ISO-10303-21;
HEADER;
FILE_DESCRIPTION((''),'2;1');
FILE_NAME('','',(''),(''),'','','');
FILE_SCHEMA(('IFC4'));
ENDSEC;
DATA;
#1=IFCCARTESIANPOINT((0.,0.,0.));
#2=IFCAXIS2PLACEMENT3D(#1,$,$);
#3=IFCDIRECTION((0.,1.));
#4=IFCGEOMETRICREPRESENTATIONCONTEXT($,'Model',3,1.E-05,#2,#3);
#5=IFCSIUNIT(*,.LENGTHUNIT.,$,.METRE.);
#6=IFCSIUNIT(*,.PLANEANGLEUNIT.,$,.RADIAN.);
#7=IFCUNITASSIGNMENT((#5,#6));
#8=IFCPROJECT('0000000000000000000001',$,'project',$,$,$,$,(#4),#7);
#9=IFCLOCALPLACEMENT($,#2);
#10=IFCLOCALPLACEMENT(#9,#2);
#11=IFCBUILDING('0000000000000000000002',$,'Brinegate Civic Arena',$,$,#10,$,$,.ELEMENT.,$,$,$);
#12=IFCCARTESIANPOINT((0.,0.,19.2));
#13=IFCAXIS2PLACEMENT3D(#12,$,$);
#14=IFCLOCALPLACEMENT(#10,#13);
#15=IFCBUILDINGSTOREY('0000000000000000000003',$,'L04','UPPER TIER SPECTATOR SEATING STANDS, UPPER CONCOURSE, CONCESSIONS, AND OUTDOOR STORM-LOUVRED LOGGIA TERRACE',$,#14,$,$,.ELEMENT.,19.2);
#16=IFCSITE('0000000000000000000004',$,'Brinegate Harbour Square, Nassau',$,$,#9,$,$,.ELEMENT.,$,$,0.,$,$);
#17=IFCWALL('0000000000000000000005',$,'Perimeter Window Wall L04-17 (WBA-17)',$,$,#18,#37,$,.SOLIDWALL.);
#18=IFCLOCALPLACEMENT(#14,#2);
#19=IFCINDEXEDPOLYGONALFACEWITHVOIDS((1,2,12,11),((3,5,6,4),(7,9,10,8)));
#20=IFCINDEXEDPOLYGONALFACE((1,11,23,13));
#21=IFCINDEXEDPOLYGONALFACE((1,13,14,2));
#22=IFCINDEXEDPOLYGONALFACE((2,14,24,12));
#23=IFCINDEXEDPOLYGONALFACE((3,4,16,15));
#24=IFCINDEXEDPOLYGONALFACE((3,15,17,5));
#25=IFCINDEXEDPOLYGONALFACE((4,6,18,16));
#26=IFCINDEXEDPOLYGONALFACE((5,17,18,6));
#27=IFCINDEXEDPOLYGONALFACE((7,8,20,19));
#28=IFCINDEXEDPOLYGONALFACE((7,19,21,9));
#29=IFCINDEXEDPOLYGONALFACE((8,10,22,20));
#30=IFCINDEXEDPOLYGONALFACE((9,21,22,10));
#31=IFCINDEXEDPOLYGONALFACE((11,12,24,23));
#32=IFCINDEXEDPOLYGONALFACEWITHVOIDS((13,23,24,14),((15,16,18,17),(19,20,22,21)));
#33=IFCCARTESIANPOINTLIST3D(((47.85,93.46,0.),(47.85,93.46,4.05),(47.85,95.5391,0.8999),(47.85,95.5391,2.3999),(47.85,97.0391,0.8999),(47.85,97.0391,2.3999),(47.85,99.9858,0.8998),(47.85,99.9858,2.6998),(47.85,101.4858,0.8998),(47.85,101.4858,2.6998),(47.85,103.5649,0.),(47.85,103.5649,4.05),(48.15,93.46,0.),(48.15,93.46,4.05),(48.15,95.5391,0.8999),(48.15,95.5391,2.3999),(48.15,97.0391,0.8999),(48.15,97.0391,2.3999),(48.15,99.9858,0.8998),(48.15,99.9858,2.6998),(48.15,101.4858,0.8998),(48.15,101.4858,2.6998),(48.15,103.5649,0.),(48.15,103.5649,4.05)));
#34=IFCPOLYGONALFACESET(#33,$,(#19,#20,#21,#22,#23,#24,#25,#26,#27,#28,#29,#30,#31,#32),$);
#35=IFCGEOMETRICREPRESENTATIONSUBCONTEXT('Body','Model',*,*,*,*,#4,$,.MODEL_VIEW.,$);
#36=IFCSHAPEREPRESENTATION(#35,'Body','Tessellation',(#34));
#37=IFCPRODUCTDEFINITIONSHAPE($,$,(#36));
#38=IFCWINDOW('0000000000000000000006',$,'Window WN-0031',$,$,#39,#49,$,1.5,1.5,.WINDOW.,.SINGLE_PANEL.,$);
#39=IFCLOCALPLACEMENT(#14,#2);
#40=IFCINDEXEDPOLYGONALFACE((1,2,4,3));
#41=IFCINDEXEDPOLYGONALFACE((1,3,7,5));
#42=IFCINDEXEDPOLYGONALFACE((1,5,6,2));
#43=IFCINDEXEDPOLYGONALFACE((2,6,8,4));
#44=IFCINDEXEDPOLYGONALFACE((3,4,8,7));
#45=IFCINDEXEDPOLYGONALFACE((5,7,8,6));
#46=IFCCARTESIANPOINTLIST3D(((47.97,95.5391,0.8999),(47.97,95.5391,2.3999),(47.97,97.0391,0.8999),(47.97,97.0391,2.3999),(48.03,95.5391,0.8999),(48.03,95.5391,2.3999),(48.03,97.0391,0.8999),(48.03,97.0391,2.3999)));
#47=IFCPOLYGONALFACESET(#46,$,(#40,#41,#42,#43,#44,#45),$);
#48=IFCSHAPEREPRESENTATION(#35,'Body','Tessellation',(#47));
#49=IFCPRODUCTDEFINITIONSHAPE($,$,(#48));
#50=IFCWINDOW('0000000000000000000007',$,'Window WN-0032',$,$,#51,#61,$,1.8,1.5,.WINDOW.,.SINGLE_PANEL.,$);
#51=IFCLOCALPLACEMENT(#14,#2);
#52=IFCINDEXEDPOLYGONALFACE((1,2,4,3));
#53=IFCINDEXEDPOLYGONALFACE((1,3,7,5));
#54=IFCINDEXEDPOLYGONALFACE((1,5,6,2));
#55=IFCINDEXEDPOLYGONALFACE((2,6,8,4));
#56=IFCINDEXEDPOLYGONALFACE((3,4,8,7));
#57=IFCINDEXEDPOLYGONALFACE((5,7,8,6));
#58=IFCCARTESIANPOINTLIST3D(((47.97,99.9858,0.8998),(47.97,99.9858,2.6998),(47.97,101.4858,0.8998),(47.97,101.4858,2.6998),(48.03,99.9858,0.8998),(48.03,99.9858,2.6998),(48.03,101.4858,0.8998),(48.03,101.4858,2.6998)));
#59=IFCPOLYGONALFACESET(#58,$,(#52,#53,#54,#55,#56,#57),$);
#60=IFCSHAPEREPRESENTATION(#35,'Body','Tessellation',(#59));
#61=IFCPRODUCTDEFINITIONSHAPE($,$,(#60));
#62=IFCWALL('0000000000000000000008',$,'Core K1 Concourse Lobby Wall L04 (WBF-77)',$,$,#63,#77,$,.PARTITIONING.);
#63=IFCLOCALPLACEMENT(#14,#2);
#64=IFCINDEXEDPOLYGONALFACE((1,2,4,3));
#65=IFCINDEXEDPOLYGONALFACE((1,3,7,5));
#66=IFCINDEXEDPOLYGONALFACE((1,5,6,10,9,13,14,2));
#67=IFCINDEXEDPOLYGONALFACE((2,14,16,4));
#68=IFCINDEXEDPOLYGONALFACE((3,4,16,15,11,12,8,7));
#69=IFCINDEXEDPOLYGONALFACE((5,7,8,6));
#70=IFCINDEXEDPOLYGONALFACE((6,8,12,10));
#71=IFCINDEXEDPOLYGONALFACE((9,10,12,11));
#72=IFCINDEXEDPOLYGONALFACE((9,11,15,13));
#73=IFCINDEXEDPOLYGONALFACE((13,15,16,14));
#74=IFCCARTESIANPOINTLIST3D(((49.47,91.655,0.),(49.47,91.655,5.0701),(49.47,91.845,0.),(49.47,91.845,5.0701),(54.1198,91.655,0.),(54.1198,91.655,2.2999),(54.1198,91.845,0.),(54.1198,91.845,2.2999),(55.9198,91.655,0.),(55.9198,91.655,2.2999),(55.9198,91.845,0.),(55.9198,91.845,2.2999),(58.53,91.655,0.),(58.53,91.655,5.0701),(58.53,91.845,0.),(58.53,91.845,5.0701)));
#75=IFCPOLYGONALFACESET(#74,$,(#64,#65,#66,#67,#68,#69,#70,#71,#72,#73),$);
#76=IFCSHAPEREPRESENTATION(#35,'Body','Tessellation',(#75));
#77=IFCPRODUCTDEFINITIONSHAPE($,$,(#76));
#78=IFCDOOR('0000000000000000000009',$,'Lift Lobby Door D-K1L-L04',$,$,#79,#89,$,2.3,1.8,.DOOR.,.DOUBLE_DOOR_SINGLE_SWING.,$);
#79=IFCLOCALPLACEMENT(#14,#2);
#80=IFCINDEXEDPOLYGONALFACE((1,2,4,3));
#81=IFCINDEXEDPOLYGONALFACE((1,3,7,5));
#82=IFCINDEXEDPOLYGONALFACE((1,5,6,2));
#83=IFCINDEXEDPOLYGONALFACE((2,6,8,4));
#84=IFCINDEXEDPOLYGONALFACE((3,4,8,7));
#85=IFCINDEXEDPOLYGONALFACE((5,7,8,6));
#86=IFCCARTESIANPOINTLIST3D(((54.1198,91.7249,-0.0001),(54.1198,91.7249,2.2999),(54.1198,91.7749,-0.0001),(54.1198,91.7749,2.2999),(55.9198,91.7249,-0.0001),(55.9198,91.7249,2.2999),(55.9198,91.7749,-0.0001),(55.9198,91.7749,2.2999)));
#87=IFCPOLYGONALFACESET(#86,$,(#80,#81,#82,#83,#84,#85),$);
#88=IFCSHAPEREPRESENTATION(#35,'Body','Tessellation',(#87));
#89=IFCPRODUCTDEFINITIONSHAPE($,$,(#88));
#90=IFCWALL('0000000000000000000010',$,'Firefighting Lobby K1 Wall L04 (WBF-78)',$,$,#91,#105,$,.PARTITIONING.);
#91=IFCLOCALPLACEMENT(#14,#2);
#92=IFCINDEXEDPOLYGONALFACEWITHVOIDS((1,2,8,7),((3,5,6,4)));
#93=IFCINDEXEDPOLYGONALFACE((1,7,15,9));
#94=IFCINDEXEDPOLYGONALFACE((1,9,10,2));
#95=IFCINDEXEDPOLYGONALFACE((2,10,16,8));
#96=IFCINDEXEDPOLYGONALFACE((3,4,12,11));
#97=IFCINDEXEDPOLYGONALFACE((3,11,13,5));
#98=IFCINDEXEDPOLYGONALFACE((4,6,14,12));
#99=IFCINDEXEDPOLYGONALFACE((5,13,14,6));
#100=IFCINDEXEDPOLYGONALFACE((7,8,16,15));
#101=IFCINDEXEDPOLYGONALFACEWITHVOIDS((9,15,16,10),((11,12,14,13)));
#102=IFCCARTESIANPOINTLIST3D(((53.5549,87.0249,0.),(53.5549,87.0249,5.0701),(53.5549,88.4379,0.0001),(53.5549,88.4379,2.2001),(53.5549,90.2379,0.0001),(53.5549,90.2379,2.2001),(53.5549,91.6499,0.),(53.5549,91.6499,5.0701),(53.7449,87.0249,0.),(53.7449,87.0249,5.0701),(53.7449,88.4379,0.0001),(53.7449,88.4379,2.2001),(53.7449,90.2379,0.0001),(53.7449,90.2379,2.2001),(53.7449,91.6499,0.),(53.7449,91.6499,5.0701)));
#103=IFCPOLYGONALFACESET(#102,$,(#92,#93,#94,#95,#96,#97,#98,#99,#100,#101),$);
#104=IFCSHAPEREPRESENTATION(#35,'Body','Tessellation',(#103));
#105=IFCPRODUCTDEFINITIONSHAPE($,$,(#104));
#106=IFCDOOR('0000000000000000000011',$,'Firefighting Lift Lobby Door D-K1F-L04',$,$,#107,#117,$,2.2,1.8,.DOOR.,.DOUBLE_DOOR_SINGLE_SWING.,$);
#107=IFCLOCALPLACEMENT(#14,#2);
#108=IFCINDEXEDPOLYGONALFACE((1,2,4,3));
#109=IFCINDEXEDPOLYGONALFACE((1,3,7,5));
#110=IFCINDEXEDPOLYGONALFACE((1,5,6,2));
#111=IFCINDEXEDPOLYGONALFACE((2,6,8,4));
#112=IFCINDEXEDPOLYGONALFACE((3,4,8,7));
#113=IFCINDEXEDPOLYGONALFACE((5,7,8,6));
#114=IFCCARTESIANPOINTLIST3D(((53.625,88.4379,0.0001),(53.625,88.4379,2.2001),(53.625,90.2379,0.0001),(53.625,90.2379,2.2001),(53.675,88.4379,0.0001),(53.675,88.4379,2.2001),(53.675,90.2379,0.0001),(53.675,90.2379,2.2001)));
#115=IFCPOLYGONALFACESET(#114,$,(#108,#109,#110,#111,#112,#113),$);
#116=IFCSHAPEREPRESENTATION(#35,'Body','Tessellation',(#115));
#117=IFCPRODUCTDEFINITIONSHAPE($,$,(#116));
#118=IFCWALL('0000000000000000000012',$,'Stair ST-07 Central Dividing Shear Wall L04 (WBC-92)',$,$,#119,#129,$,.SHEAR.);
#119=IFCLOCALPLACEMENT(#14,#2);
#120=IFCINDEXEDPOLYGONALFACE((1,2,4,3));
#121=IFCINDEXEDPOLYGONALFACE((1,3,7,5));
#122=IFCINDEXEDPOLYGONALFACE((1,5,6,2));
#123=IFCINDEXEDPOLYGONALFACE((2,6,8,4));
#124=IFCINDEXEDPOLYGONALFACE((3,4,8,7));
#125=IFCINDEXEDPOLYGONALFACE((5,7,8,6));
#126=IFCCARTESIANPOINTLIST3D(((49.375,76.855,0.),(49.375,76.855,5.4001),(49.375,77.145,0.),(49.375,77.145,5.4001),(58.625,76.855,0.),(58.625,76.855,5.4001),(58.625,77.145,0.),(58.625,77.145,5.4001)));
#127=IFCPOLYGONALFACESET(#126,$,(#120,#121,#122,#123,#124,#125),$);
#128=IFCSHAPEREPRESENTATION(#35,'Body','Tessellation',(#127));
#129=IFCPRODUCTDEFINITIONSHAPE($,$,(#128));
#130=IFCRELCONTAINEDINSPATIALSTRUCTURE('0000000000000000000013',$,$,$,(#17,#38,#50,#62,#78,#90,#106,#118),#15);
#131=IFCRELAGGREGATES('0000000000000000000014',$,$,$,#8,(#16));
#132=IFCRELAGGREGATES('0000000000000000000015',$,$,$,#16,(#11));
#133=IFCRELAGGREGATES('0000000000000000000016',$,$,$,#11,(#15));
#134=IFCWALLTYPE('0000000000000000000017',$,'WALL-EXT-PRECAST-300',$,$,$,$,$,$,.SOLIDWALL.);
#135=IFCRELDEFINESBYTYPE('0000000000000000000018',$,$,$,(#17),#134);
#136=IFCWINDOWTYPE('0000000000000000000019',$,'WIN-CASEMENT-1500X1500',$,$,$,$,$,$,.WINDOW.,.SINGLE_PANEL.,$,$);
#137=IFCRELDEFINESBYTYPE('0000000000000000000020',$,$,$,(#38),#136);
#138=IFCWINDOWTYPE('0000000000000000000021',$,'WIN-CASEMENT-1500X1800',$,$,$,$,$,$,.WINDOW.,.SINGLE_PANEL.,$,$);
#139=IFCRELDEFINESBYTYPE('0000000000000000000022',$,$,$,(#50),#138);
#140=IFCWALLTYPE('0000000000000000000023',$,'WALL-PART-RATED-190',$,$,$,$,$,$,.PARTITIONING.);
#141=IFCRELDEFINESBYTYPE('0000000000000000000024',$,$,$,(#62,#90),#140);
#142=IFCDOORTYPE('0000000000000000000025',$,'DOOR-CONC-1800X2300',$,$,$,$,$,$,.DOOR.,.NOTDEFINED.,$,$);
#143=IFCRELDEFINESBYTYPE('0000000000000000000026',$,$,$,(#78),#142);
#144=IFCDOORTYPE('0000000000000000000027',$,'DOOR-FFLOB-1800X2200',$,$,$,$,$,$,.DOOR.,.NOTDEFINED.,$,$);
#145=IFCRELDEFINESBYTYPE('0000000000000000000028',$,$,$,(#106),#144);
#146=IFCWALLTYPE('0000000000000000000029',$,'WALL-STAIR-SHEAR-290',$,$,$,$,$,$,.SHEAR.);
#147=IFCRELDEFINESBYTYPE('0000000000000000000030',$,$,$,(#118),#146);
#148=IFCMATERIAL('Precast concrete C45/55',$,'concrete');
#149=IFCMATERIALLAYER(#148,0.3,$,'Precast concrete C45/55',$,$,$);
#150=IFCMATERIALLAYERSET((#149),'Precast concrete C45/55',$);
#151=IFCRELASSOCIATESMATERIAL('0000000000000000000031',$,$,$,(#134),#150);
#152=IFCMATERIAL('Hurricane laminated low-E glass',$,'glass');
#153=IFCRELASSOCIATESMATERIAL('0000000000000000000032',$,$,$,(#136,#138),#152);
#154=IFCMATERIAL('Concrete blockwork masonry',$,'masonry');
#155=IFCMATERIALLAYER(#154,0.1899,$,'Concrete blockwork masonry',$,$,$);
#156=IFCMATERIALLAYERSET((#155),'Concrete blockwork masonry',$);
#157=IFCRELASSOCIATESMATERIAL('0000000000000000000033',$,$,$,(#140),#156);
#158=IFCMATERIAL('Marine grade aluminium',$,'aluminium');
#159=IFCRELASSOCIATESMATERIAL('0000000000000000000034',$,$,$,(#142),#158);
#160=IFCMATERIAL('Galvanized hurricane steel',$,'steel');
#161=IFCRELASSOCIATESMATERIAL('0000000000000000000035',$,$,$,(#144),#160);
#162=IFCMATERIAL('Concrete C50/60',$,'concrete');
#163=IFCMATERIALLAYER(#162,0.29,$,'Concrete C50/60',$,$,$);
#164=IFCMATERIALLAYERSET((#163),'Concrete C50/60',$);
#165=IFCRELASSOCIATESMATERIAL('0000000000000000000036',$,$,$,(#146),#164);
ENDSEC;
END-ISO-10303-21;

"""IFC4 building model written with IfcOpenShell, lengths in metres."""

from ifc_helpers import new_model, si_unit, direction, frame, frame_2d, origin, place, context, subcontext, project, spatial, rectangle, extrude, material, layer, layer_set, type_object, element, fill, save


model = new_model("IFC4")

# Units and contexts
model_context = context("Model", 3, precision=1e-05, world=origin(), true_north=direction((0.0, 1.0)))
body_context = subcontext(model_context, "Body", "Model", "MODEL_VIEW")
ifc_project = project(units=[si_unit("LENGTHUNIT", "METRE"), si_unit("PLANEANGLEUNIT", "RADIAN")], contexts=[model_context])

# Site, building, storey
site_placement = place(None, origin())
site = spatial("IfcSite", under=ifc_project, at=site_placement, Name="Brinegate Harbour Square, Nassau", CompositionType="ELEMENT", RefElevation=0.0)
building_placement = place(site_placement, origin())
building = spatial("IfcBuilding", under=site, at=building_placement, Name="Brinegate Civic Arena", CompositionType="ELEMENT")
storey_placement = place(building_placement, frame((0.0, 0.0, 19.2)))
storey = spatial("IfcBuildingStorey", under=building, at=storey_placement, Name="L04", Description="UPPER TIER SPECTATOR SEATING STANDS, UPPER CONCOURSE, CONCESSIONS, AND OUTDOOR STORM-LOUVRED LOGGIA TERRACE", CompositionType="ELEMENT", Elevation=19.2)

# Shared definitions
ifc_material_1 = material(Name="Concrete C50/60", Category="concrete")

# Wall, openings, windows
ifc_material_2 = material(Name="Precast concrete C45/55", Category="concrete")
ifc_layer_1 = layer(ifc_material_2, 0.3, Name="Precast concrete C45/55")
ifc_layer_set_1 = layer_set([ifc_layer_1], Name="Precast concrete C45/55")
wall_type_1 = type_object("IfcWallType", Name="WALL-EXT-PRECAST-300", PredefinedType="SOLIDWALL", material=ifc_layer_set_1)
wall_1_placement = place(storey_placement, frame((48.0, 93.46, 0.0), z_axis=(0.0, 0.0, 1.0), x_axis=(0.0, 1.0, 0.0)))
wall_1 = element("IfcWall", 1, at=wall_1_placement, inside=storey, type_object=wall_type_1, Name="Perimeter Window Wall L04-17 (WBA-17)", PredefinedType="SOLIDWALL", context=body_context, shape_type="SweptSolid", body=[
    extrude(rectangle(XDim=10.105, YDim=0.3, at=frame_2d((5.0525, 0.0))), origin(), (0.0, 0.0, 1.0), 4.05),
])
opening_1_placement = place(wall_1_placement, frame((2.0791, 0.0, 0.8999)))
opening_1 = element("IfcOpeningElement", 2, at=opening_1_placement, cuts=wall_1, PredefinedType="OPENING", context=body_context, shape_type="SweptSolid", body=[
    extrude(rectangle(XDim=1.5, YDim=1.5, at=frame_2d((0.75, 0.75))), frame((0.0, 0.1599, 0.0), z_axis=(0.0, -1.0, 0.0), x_axis=(1.0, 0.0, 0.0)), (0.0, 0.0, 1.0), 0.3201),
])
opening_2_placement = place(wall_1_placement, frame((6.5259, 0.0, 0.8999)))
opening_2 = element("IfcOpeningElement", 3, at=opening_2_placement, cuts=wall_1, PredefinedType="OPENING", context=body_context, shape_type="SweptSolid", body=[
    extrude(rectangle(XDim=1.5, YDim=1.8, at=frame_2d((0.75, 0.8999))), frame((0.0, 0.1599, 0.0), z_axis=(0.0, -1.0, 0.0), x_axis=(1.0, 0.0, 0.0)), (0.0, 0.0, 1.0), 0.3201),
])
ifc_material_3 = material(Name="Hurricane laminated low-E glass", Category="glass")
window_type_1 = type_object("IfcWindowType", Name="WIN-CASEMENT-1500X1500", PartitioningType="SINGLE_PANEL", PredefinedType="WINDOW", material=ifc_material_3)
window_1_placement = place(opening_1_placement, origin())
window_1 = element("IfcWindow", 4, at=window_1_placement, inside=storey, type_object=window_type_1, Name="Window WN-0031", OverallHeight=1.5, OverallWidth=1.5, PartitioningType="SINGLE_PANEL", PredefinedType="WINDOW", context=body_context, shape_type="SweptSolid", body=[
    extrude(rectangle(XDim=1.5, YDim=1.5, at=frame_2d((0.75, 0.75))), frame((0.0, 0.03, 0.0), z_axis=(0.0, -1.0, 0.0), x_axis=(1.0, 0.0, 0.0)), (0.0, 0.0, 1.0), 0.0601),
])
fill(opening_1, window_1)
window_type_2 = type_object("IfcWindowType", Name="WIN-CASEMENT-1500X1800", PartitioningType="SINGLE_PANEL", PredefinedType="WINDOW", material=ifc_material_3)
window_2_placement = place(opening_2_placement, origin())
window_2 = element("IfcWindow", 5, at=window_2_placement, inside=storey, type_object=window_type_2, Name="Window WN-0032", OverallHeight=1.8, OverallWidth=1.5, PartitioningType="SINGLE_PANEL", PredefinedType="WINDOW", context=body_context, shape_type="SweptSolid", body=[
    extrude(rectangle(XDim=1.5, YDim=1.8, at=frame_2d((0.75, 0.8999))), frame((0.0, 0.03, 0.0), z_axis=(0.0, -1.0, 0.0), x_axis=(1.0, 0.0, 0.0)), (0.0, 0.0, 1.0), 0.0601),
])
fill(opening_2, window_2)

# Walls, openings, doors
ifc_material_4 = material(Name="Concrete blockwork masonry", Category="masonry")
ifc_layer_2 = layer(ifc_material_4, 0.1899, Name="Concrete blockwork masonry")
ifc_layer_set_2 = layer_set([ifc_layer_2], Name="Concrete blockwork masonry")
wall_type_2 = type_object("IfcWallType", Name="WALL-PART-RATED-190", PredefinedType="PARTITIONING", material=ifc_layer_set_2)
wall_2_placement = place(storey_placement, frame((49.47, 91.75, 0.0), z_axis=(0.0, 0.0, 1.0), x_axis=(1.0, 0.0, 0.0)))
wall_2 = element("IfcWall", 6, at=wall_2_placement, inside=storey, type_object=wall_type_2, Name="Core K1 Concourse Lobby Wall L04 (WBF-77)", PredefinedType="PARTITIONING", context=body_context, shape_type="SweptSolid", body=[
    extrude(rectangle(XDim=9.0601, YDim=0.1899, at=frame_2d((4.53, 0.0))), origin(), (0.0, 0.0, 1.0), 5.0701),
])
opening_3_placement = place(wall_2_placement, frame((4.6499, 0.0, 0.0)))
opening_3 = element("IfcOpeningElement", 7, at=opening_3_placement, cuts=wall_2, PredefinedType="OPENING", context=body_context, shape_type="SweptSolid", body=[
    extrude(rectangle(XDim=1.8, YDim=2.3, at=frame_2d((0.8999, 1.1499))), frame((0.0, 0.105, 0.0), z_axis=(0.0, -1.0, 0.0), x_axis=(1.0, 0.0, 0.0)), (0.0, 0.0, 1.0), 0.21),
])
ifc_material_5 = material(Name="Marine grade aluminium", Category="aluminium")
door_type_1 = type_object("IfcDoorType", Name="DOOR-CONC-1800X2300", OperationType="NOTDEFINED", PredefinedType="DOOR", material=ifc_material_5)
door_1_placement = place(opening_3_placement, origin())
door_1 = element("IfcDoor", 8, at=door_1_placement, inside=storey, type_object=door_type_1, Name="Lift Lobby Door D-K1L-L04", OperationType="DOUBLE_DOOR_SINGLE_SWING", OverallHeight=2.3, OverallWidth=1.8, PredefinedType="DOOR", context=body_context, shape_type="SweptSolid", body=[
    extrude(rectangle(XDim=1.8, YDim=2.3, at=frame_2d((0.8999, 1.1499))), frame((0.0, 0.0249, 0.0), z_axis=(0.0, -1.0, 0.0), x_axis=(1.0, 0.0, 0.0)), (0.0, 0.0, 1.0), 0.05),
])
fill(opening_3, door_1)
wall_3_placement = place(storey_placement, frame((53.6499, 87.0249, 0.0), z_axis=(0.0, 0.0, 1.0), x_axis=(0.0, 1.0, 0.0)))
wall_3 = element("IfcWall", 9, at=wall_3_placement, inside=storey, type_object=wall_type_2, Name="Firefighting Lobby K1 Wall L04 (WBF-78)", PredefinedType="PARTITIONING", context=body_context, shape_type="SweptSolid", body=[
    extrude(rectangle(XDim=4.625, YDim=0.1899, at=frame_2d((2.3125, 0.0))), origin(), (0.0, 0.0, 1.0), 5.0701),
])
opening_4_placement = place(wall_3_placement, frame((1.4131, 0.0, 0.0)))
opening_4 = element("IfcOpeningElement", 10, at=opening_4_placement, cuts=wall_3, PredefinedType="OPENING", context=body_context, shape_type="SweptSolid", body=[
    extrude(rectangle(XDim=1.8, YDim=2.2, at=frame_2d((0.8999, 1.1001))), frame((0.0, 0.105, 0.0), z_axis=(0.0, -1.0, 0.0), x_axis=(1.0, 0.0, 0.0)), (0.0, 0.0, 1.0), 0.21),
])
ifc_material_6 = material(Name="Galvanized hurricane steel", Category="steel")
door_type_2 = type_object("IfcDoorType", Name="DOOR-FFLOB-1800X2200", OperationType="NOTDEFINED", PredefinedType="DOOR", material=ifc_material_6)
door_2_placement = place(opening_4_placement, origin())
door_2 = element("IfcDoor", 11, at=door_2_placement, inside=storey, type_object=door_type_2, Name="Firefighting Lift Lobby Door D-K1F-L04", OperationType="DOUBLE_DOOR_SINGLE_SWING", OverallHeight=2.2, OverallWidth=1.8, PredefinedType="DOOR", context=body_context, shape_type="SweptSolid", body=[
    extrude(rectangle(XDim=1.8, YDim=2.2, at=frame_2d((0.8999, 1.1001))), frame((0.0, 0.0249, 0.0), z_axis=(0.0, -1.0, 0.0), x_axis=(1.0, 0.0, 0.0)), (0.0, 0.0, 1.0), 0.05),
])
fill(opening_4, door_2)

# Wall
ifc_layer_3 = layer(ifc_material_1, 0.29, Name="Concrete C50/60")
ifc_layer_set_3 = layer_set([ifc_layer_3], Name="Concrete C50/60")
wall_type_3 = type_object("IfcWallType", Name="WALL-STAIR-SHEAR-290", PredefinedType="SHEAR", material=ifc_layer_set_3)
wall_4_placement = place(storey_placement, frame((49.375, 77.0, 0.0), z_axis=(0.0, 0.0, 1.0), x_axis=(1.0, 0.0, 0.0)))
element("IfcWall", 12, at=wall_4_placement, inside=storey, type_object=wall_type_3, Name="Stair ST-07 Central Dividing Shear Wall L04 (WBC-92)", PredefinedType="SHEAR", context=body_context, shape_type="SweptSolid", body=[
    extrude(rectangle(XDim=9.25, YDim=0.29, at=frame_2d((4.625, 0.0))), origin(), (0.0, 0.0, 1.0), 5.4001),
])

save(model, "model.ifc")
